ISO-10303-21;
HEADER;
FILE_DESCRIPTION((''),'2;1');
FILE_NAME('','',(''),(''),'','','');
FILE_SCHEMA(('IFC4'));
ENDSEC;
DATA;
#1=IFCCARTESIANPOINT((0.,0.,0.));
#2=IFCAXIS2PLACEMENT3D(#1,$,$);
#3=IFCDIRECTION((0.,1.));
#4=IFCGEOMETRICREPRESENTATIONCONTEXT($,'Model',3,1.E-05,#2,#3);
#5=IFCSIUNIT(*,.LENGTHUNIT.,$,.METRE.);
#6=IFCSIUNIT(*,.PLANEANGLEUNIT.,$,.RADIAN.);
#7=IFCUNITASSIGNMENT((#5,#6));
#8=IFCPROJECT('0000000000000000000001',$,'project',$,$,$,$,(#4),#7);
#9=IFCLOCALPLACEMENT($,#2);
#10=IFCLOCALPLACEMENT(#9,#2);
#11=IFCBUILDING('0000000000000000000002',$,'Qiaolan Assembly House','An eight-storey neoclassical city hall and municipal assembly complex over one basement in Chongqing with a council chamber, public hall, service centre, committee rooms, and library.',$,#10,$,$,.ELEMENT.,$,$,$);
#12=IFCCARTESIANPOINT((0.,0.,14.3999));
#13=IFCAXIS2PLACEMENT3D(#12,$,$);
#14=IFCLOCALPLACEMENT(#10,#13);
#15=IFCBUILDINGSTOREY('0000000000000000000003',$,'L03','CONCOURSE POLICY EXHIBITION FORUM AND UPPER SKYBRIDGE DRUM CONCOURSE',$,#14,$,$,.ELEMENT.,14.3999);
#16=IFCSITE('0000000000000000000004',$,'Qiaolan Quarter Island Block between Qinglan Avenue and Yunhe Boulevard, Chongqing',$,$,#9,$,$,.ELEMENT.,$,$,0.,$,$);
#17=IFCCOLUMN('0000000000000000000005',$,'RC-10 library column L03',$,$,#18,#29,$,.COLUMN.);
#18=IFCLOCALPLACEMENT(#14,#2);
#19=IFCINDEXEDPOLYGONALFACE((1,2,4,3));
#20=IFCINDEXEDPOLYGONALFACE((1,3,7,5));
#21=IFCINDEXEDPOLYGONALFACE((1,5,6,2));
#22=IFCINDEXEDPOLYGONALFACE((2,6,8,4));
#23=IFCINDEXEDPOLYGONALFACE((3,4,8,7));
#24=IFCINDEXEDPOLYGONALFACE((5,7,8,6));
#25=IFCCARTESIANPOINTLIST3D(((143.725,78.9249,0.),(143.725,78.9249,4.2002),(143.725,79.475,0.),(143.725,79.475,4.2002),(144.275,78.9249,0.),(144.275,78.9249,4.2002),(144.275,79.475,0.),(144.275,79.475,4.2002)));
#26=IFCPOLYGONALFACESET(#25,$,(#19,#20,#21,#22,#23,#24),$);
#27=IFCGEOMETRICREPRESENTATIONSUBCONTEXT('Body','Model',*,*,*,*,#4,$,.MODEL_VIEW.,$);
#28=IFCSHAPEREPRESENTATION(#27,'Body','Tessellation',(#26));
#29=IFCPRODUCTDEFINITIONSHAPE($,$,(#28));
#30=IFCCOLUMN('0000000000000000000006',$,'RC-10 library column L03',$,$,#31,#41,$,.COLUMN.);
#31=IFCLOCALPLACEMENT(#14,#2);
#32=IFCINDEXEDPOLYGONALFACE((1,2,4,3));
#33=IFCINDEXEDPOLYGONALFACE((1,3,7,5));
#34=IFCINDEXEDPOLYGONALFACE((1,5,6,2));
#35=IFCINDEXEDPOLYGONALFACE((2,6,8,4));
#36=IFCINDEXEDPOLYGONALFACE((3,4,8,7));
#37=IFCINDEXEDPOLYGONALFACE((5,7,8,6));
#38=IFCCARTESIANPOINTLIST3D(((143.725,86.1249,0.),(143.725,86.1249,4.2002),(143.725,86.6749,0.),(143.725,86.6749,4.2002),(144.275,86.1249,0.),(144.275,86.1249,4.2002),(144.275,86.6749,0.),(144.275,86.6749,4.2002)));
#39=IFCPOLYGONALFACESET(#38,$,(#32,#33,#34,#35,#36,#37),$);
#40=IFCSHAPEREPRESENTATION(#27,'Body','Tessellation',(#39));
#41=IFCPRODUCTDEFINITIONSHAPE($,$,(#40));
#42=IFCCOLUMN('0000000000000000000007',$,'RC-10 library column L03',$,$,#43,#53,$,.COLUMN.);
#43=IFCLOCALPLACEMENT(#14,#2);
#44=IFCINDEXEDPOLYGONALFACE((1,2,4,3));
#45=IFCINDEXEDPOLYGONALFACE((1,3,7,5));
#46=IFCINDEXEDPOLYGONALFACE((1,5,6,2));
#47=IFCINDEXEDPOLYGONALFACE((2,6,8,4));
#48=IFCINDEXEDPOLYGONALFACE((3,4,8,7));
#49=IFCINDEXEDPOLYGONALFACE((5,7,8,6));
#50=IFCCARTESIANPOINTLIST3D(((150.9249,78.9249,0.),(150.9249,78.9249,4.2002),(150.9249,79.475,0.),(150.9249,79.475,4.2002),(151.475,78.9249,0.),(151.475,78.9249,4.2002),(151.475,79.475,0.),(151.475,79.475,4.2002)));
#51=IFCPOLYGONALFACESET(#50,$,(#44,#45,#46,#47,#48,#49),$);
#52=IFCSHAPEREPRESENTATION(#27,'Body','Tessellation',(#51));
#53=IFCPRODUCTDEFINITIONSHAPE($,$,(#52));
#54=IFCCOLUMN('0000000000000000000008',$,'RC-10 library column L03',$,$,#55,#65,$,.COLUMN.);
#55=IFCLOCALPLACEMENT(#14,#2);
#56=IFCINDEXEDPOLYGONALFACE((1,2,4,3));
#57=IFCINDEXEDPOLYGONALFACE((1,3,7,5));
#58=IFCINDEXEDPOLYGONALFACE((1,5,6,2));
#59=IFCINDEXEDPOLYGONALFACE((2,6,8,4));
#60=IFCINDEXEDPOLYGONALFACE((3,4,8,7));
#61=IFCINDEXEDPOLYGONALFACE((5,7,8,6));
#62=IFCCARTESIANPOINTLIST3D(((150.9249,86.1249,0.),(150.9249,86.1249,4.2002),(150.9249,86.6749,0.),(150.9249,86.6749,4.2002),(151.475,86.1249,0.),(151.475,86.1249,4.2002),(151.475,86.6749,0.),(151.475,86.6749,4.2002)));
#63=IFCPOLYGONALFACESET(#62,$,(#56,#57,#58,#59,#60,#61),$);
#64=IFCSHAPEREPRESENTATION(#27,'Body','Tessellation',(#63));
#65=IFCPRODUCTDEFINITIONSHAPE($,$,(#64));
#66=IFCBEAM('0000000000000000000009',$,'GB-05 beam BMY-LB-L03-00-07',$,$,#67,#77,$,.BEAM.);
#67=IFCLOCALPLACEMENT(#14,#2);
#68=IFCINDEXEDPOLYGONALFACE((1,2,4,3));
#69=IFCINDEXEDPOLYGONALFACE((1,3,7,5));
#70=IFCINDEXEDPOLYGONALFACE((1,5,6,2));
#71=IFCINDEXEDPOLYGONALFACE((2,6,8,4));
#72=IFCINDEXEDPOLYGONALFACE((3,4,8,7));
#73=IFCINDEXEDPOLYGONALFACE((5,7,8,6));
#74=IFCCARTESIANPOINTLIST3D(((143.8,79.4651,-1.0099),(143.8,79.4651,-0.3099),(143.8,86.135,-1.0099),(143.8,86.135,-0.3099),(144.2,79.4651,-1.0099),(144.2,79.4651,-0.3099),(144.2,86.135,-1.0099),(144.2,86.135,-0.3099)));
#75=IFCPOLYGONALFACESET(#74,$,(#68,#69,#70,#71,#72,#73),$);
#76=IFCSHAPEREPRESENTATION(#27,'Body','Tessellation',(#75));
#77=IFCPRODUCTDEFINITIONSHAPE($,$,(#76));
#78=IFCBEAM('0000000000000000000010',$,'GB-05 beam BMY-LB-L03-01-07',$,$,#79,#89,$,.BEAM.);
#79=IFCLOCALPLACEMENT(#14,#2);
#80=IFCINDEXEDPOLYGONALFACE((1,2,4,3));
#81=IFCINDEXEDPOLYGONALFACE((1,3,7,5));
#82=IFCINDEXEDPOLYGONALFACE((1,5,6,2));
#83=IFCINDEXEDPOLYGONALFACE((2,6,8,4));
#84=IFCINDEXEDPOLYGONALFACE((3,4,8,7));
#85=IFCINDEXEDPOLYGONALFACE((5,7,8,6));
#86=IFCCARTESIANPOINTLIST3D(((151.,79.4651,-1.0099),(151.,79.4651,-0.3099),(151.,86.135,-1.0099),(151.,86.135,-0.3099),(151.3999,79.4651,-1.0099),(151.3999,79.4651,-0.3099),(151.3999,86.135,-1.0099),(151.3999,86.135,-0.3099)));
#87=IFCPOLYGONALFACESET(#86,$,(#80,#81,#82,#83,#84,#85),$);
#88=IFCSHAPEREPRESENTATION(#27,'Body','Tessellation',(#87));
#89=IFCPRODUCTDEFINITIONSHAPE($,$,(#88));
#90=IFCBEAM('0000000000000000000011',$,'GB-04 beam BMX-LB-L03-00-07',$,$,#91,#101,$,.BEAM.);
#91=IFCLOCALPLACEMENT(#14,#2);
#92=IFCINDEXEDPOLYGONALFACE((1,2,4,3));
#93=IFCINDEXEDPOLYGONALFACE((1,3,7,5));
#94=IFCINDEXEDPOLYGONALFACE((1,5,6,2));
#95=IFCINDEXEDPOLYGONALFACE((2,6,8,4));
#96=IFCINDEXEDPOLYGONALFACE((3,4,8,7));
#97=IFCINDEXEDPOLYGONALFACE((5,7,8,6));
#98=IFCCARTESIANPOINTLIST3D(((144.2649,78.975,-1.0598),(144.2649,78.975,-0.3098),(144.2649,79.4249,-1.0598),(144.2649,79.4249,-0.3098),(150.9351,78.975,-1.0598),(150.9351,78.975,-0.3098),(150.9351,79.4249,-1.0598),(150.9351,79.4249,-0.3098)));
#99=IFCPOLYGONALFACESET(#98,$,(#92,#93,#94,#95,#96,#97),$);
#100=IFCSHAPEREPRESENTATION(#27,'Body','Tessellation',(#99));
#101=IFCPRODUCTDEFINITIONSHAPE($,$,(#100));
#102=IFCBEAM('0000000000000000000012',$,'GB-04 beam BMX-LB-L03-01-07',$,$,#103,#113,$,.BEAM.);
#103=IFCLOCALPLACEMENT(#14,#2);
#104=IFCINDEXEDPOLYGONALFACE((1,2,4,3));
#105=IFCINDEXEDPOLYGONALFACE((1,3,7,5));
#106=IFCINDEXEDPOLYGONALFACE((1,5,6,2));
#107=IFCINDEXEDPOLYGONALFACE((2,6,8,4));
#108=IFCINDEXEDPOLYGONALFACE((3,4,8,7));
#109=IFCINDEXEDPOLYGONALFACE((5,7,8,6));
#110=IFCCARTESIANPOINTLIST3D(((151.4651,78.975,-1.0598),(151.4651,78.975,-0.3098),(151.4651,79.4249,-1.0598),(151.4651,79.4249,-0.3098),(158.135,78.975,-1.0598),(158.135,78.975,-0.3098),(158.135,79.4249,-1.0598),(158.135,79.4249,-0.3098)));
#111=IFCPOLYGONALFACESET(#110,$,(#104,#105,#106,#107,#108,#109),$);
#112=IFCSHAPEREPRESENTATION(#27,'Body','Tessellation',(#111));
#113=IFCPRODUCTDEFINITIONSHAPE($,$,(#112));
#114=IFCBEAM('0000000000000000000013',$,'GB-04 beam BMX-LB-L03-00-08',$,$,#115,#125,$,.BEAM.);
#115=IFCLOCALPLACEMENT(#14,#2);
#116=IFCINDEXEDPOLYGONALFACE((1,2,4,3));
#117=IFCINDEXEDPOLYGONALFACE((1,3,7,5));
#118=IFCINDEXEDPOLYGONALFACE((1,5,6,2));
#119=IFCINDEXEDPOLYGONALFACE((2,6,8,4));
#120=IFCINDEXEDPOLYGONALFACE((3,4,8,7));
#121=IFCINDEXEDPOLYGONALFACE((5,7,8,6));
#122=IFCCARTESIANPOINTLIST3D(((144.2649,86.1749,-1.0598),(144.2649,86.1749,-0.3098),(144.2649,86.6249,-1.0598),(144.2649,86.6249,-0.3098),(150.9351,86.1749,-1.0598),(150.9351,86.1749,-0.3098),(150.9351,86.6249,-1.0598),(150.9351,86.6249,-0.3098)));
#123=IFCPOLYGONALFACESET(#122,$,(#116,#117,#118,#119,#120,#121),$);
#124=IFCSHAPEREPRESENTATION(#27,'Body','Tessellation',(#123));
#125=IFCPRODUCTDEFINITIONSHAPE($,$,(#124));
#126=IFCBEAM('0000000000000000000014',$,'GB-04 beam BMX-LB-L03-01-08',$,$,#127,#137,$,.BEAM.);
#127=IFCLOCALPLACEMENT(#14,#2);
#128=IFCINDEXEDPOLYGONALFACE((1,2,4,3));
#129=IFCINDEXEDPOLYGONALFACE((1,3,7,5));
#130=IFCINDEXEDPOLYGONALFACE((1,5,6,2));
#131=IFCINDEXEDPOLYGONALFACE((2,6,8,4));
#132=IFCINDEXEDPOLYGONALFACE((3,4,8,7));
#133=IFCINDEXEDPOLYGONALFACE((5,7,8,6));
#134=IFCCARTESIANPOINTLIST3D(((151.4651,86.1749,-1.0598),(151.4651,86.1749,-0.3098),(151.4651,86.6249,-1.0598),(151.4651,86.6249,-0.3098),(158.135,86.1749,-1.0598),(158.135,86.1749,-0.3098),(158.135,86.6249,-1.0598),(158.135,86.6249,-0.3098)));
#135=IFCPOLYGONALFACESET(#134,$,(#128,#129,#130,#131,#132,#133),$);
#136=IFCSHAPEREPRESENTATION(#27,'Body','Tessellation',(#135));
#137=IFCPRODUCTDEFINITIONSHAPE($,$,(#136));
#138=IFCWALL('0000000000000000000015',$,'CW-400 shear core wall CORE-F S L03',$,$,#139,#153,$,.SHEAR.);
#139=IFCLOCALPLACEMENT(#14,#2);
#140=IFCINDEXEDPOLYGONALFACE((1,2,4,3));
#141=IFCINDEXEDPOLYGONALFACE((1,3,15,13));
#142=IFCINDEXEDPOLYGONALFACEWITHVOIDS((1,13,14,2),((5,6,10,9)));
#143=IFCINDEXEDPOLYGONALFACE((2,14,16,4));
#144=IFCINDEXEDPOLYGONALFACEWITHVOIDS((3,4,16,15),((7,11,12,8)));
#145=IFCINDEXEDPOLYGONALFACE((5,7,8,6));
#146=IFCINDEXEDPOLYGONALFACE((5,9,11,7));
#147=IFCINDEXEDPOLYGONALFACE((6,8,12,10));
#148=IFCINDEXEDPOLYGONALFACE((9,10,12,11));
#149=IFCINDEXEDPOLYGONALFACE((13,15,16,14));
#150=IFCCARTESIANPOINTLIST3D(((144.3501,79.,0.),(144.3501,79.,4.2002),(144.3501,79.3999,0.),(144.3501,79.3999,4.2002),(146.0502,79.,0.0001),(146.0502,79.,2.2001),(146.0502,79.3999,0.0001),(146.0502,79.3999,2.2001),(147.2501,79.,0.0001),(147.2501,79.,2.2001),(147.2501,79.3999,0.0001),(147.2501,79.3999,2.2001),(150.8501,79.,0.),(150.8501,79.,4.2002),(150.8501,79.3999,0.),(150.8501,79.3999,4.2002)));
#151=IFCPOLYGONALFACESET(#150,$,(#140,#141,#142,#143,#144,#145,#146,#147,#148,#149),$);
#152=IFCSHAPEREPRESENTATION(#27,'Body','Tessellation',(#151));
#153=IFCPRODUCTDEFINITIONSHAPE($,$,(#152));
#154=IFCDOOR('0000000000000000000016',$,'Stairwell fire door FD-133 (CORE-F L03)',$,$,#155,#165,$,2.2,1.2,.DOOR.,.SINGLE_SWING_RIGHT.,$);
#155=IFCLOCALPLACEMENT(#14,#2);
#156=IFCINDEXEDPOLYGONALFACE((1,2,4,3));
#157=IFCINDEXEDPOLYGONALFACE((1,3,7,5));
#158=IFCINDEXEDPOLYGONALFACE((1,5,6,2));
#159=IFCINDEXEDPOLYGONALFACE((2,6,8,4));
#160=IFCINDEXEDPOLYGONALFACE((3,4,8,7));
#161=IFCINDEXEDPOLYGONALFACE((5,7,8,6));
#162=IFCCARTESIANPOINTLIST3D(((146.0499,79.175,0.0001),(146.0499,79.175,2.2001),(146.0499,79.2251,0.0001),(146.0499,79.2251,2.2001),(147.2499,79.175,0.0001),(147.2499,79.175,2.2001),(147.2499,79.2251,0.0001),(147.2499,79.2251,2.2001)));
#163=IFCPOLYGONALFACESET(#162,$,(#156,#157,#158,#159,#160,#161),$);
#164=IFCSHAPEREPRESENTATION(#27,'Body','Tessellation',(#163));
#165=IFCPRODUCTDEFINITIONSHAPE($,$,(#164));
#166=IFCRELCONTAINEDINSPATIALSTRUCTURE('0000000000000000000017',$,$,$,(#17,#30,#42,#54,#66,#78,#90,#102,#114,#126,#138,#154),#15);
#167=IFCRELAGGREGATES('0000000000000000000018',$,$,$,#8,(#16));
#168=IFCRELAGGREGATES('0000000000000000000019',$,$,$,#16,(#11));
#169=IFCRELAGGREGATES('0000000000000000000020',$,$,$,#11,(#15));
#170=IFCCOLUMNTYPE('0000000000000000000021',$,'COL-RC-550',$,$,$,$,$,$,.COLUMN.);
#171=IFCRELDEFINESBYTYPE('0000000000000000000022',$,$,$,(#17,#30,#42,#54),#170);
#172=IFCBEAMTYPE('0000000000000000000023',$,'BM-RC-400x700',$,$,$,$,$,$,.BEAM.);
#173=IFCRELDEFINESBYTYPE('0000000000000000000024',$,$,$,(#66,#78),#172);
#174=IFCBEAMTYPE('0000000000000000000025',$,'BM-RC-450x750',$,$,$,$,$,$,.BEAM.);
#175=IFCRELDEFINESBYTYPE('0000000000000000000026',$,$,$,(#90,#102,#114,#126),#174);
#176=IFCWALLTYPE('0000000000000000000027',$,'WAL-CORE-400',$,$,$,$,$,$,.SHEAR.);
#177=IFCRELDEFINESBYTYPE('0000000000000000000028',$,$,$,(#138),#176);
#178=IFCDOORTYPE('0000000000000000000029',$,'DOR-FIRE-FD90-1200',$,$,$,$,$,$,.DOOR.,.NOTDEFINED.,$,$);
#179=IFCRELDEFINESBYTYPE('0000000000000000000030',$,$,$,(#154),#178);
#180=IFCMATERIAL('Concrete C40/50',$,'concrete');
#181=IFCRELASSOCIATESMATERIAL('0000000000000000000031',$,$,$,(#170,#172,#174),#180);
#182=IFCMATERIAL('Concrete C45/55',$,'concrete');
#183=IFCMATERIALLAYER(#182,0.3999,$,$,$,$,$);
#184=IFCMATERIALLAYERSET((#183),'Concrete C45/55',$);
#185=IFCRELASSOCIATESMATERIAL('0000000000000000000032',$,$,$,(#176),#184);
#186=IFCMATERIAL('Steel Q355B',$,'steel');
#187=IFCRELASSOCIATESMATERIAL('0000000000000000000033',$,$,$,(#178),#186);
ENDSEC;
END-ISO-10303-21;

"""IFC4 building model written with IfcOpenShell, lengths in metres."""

from ifc_helpers import new_model, si_unit, direction, frame, frame_2d, origin, origin_2d, place, context, subcontext, project, spatial, rectangle, extrude, material, layer, layer_set, material_profile, profile_set, type_object, element, fill, save


model = new_model("IFC4")

# Units and contexts
model_context = context("Model", 3, precision=1e-05, world=origin(), true_north=direction((0.0, 1.0)))
body_context = subcontext(model_context, "Body", "Model", "MODEL_VIEW")
ifc_project = project(units=[si_unit("LENGTHUNIT", "METRE"), si_unit("PLANEANGLEUNIT", "RADIAN")], contexts=[model_context])

# Site, building, storey
site_placement = place(None, origin())
site = spatial("IfcSite", under=ifc_project, at=site_placement, Name="Qiaolan Quarter Island Block between Qinglan Avenue and Yunhe Boulevard, Chongqing", CompositionType="ELEMENT", RefElevation=0.0)
building_placement = place(site_placement, origin())
building = spatial("IfcBuilding", under=site, at=building_placement, Name="Qiaolan Assembly House", Description="An eight-storey neoclassical city hall and municipal assembly complex over one basement in Chongqing with a council chamber, public hall, service centre, committee rooms, and library.", CompositionType="ELEMENT")
storey_placement = place(building_placement, frame((0.0, 0.0, 14.3999)))
storey = spatial("IfcBuildingStorey", under=building, at=storey_placement, Name="L03", Description="CONCOURSE POLICY EXHIBITION FORUM AND UPPER SKYBRIDGE DRUM CONCOURSE", CompositionType="ELEMENT", Elevation=14.3999)

# Columns
ifc_material_1 = material(Name="Concrete C40/50", Category="concrete")
ifc_material_profile_1 = material_profile(ifc_material_1, rectangle(XDim=0.55, YDim=0.55, at=origin_2d()), Name="RC 550x550")
ifc_profile_set_1 = profile_set([ifc_material_profile_1], Name="Concrete C40/50")
column_type = type_object("IfcColumnType", Name="COL-RC-550", PredefinedType="COLUMN", material=ifc_profile_set_1)
for number, where, z_axis, x_axis, name in (
    (1, (144.0, 79.2, 0.0), (0.0, 0.0, 1.0), (1.0, 0.0, 0.0), "RC-10 library column L03"),
    (2, (144.0, 86.3999, 0.0), (0.0, 0.0, 1.0), (1.0, 0.0, 0.0), "RC-10 library column L03"),
    (3, (151.2, 79.2, 0.0), (0.0, 0.0, 1.0), (1.0, 0.0, 0.0), "RC-10 library column L03"),
    (4, (151.2, 86.3999, 0.0), (0.0, 0.0, 1.0), (1.0, 0.0, 0.0), "RC-10 library column L03"),
):
    element("IfcColumn", number, at=place(storey_placement, frame(where, z_axis=z_axis, x_axis=x_axis)), inside=storey, type_object=column_type, Name=name, PredefinedType="COLUMN", context=body_context, shape_type="SweptSolid", body=[
        extrude(rectangle(XDim=0.55, YDim=0.55, at=origin_2d()), origin(), (0.0, 0.0, 1.0), 4.2002),
    ])

# Beams
ifc_material_profile_2 = material_profile(ifc_material_1, rectangle(XDim=0.3999, YDim=0.7, at=origin_2d()), Name="RCB 400x700")
ifc_profile_set_2 = profile_set([ifc_material_profile_2], Name="Concrete C40/50")
beam_type_1 = type_object("IfcBeamType", Name="BM-RC-400x700", PredefinedType="BEAM", material=ifc_profile_set_2)
for number, where, z_axis, x_axis, name in (
    (5, (144.0, 79.4651, -0.6599), (0.0, 1.0, 0.0), (-1.0, 0.0, 0.0), "GB-05 beam BMY-LB-L03-00-07"),
    (6, (151.2, 79.4651, -0.6599), (0.0, 1.0, 0.0), (-1.0, 0.0, 0.0), "GB-05 beam BMY-LB-L03-01-07"),
):
    element("IfcBeam", number, at=place(storey_placement, frame(where, z_axis=z_axis, x_axis=x_axis)), inside=storey, type_object=beam_type_1, Name=name, PredefinedType="BEAM", context=body_context, shape_type="SweptSolid", body=[
        extrude(rectangle(XDim=0.3999, YDim=0.7, at=origin_2d()), origin(), (0.0, 0.0, 1.0), 6.6699),
    ])
ifc_material_profile_3 = material_profile(ifc_material_1, rectangle(XDim=0.45, YDim=0.75, at=origin_2d()), Name="RCB 450x750")
ifc_profile_set_3 = profile_set([ifc_material_profile_3], Name="Concrete C40/50")
beam_type_2 = type_object("IfcBeamType", Name="BM-RC-450x750", PredefinedType="BEAM", material=ifc_profile_set_3)
beam_1_placement = place(storey_placement, frame((144.2649, 79.2, -0.6848), z_axis=(1.0, 0.0, 0.0), x_axis=(0.0, 1.0, 0.0)))
element("IfcBeam", 7, at=beam_1_placement, inside=storey, type_object=beam_type_2, Name="GB-04 beam BMX-LB-L03-00-07", PredefinedType="BEAM", context=body_context, shape_type="SweptSolid", body=[
    extrude(rectangle(XDim=0.45, YDim=0.75, at=origin_2d()), origin(), (0.0, 0.0, 1.0), 6.6702),
])
beam_2_placement = place(storey_placement, frame((151.4651, 79.2, -0.6848), z_axis=(1.0, 0.0, 0.0), x_axis=(0.0, 1.0, 0.0)))
element("IfcBeam", 8, at=beam_2_placement, inside=storey, type_object=beam_type_2, Name="GB-04 beam BMX-LB-L03-01-07", PredefinedType="BEAM", context=body_context, shape_type="SweptSolid", body=[
    extrude(rectangle(XDim=0.45, YDim=0.75, at=origin_2d()), origin(), (0.0, 0.0, 1.0), 6.6699),
])
beam_3_placement = place(storey_placement, frame((144.2649, 86.3999, -0.6848), z_axis=(1.0, 0.0, 0.0), x_axis=(0.0, 1.0, 0.0)))
element("IfcBeam", 9, at=beam_3_placement, inside=storey, type_object=beam_type_2, Name="GB-04 beam BMX-LB-L03-00-08", PredefinedType="BEAM", context=body_context, shape_type="SweptSolid", body=[
    extrude(rectangle(XDim=0.45, YDim=0.75, at=origin_2d()), origin(), (0.0, 0.0, 1.0), 6.6702),
])
beam_4_placement = place(storey_placement, frame((151.4651, 86.3999, -0.6848), z_axis=(1.0, 0.0, 0.0), x_axis=(0.0, 1.0, 0.0)))
element("IfcBeam", 10, at=beam_4_placement, inside=storey, type_object=beam_type_2, Name="GB-04 beam BMX-LB-L03-01-08", PredefinedType="BEAM", context=body_context, shape_type="SweptSolid", body=[
    extrude(rectangle(XDim=0.45, YDim=0.75, at=origin_2d()), origin(), (0.0, 0.0, 1.0), 6.6699),
])

# Wall, opening, door
ifc_material_2 = material(Name="Concrete C45/55", Category="concrete")
ifc_layer_1 = layer(ifc_material_2, 0.3999)
ifc_layer_set_1 = layer_set([ifc_layer_1], Name="Concrete C45/55")
wall_type_1 = type_object("IfcWallType", Name="WAL-CORE-400", PredefinedType="SHEAR", material=ifc_layer_set_1)
wall_1_placement = place(storey_placement, frame((144.3501, 79.2, 0.0), z_axis=(0.0, 0.0, 1.0), x_axis=(1.0, 0.0, 0.0)))
wall_1 = element("IfcWall", 11, at=wall_1_placement, inside=storey, type_object=wall_type_1, Name="CW-400 shear core wall CORE-F S L03", PredefinedType="SHEAR", context=body_context, shape_type="SweptSolid", body=[
    extrude(rectangle(XDim=6.5, YDim=0.3999, at=frame_2d((3.25, 0.0))), origin(), (0.0, 0.0, 1.0), 4.2002),
])
opening_1_placement = place(wall_1_placement, frame((1.7, 0.0, 0.0)))
opening_1 = element("IfcOpeningElement", 12, at=opening_1_placement, cuts=wall_1, PredefinedType="OPENING", context=body_context, shape_type="SweptSolid", body=[
    extrude(rectangle(XDim=1.2, YDim=2.2, at=frame_2d((0.6001, 1.1001))), frame((0.0, 0.21, 0.0), z_axis=(0.0, -1.0, 0.0), x_axis=(1.0, 0.0, 0.0)), (0.0, 0.0, 1.0), 0.4199),
])
ifc_material_3 = material(Name="Steel Q355B", Category="steel")
door_type_1 = type_object("IfcDoorType", Name="DOR-FIRE-FD90-1200", OperationType="NOTDEFINED", PredefinedType="DOOR", material=ifc_material_3)
door_1_placement = place(opening_1_placement, frame((1.2, 0.0, 0.0), z_axis=(0.0, 0.0, 1.0), x_axis=(-1.0, 0.0, 0.0)))
door_1 = element("IfcDoor", 13, at=door_1_placement, inside=storey, type_object=door_type_1, Name="Stairwell fire door FD-133 (CORE-F L03)", OperationType="SINGLE_SWING_RIGHT", OverallHeight=2.2, OverallWidth=1.2, PredefinedType="DOOR", context=body_context, shape_type="SweptSolid", body=[
    extrude(rectangle(XDim=1.2, YDim=2.2, at=frame_2d((0.6001, 1.1001))), frame((0.0, 0.0249, 0.0), z_axis=(0.0, -1.0, 0.0), x_axis=(1.0, 0.0, 0.0)), (0.0, 0.0, 1.0), 0.05),
])
fill(opening_1, door_1)

save(model, "model.ifc")
